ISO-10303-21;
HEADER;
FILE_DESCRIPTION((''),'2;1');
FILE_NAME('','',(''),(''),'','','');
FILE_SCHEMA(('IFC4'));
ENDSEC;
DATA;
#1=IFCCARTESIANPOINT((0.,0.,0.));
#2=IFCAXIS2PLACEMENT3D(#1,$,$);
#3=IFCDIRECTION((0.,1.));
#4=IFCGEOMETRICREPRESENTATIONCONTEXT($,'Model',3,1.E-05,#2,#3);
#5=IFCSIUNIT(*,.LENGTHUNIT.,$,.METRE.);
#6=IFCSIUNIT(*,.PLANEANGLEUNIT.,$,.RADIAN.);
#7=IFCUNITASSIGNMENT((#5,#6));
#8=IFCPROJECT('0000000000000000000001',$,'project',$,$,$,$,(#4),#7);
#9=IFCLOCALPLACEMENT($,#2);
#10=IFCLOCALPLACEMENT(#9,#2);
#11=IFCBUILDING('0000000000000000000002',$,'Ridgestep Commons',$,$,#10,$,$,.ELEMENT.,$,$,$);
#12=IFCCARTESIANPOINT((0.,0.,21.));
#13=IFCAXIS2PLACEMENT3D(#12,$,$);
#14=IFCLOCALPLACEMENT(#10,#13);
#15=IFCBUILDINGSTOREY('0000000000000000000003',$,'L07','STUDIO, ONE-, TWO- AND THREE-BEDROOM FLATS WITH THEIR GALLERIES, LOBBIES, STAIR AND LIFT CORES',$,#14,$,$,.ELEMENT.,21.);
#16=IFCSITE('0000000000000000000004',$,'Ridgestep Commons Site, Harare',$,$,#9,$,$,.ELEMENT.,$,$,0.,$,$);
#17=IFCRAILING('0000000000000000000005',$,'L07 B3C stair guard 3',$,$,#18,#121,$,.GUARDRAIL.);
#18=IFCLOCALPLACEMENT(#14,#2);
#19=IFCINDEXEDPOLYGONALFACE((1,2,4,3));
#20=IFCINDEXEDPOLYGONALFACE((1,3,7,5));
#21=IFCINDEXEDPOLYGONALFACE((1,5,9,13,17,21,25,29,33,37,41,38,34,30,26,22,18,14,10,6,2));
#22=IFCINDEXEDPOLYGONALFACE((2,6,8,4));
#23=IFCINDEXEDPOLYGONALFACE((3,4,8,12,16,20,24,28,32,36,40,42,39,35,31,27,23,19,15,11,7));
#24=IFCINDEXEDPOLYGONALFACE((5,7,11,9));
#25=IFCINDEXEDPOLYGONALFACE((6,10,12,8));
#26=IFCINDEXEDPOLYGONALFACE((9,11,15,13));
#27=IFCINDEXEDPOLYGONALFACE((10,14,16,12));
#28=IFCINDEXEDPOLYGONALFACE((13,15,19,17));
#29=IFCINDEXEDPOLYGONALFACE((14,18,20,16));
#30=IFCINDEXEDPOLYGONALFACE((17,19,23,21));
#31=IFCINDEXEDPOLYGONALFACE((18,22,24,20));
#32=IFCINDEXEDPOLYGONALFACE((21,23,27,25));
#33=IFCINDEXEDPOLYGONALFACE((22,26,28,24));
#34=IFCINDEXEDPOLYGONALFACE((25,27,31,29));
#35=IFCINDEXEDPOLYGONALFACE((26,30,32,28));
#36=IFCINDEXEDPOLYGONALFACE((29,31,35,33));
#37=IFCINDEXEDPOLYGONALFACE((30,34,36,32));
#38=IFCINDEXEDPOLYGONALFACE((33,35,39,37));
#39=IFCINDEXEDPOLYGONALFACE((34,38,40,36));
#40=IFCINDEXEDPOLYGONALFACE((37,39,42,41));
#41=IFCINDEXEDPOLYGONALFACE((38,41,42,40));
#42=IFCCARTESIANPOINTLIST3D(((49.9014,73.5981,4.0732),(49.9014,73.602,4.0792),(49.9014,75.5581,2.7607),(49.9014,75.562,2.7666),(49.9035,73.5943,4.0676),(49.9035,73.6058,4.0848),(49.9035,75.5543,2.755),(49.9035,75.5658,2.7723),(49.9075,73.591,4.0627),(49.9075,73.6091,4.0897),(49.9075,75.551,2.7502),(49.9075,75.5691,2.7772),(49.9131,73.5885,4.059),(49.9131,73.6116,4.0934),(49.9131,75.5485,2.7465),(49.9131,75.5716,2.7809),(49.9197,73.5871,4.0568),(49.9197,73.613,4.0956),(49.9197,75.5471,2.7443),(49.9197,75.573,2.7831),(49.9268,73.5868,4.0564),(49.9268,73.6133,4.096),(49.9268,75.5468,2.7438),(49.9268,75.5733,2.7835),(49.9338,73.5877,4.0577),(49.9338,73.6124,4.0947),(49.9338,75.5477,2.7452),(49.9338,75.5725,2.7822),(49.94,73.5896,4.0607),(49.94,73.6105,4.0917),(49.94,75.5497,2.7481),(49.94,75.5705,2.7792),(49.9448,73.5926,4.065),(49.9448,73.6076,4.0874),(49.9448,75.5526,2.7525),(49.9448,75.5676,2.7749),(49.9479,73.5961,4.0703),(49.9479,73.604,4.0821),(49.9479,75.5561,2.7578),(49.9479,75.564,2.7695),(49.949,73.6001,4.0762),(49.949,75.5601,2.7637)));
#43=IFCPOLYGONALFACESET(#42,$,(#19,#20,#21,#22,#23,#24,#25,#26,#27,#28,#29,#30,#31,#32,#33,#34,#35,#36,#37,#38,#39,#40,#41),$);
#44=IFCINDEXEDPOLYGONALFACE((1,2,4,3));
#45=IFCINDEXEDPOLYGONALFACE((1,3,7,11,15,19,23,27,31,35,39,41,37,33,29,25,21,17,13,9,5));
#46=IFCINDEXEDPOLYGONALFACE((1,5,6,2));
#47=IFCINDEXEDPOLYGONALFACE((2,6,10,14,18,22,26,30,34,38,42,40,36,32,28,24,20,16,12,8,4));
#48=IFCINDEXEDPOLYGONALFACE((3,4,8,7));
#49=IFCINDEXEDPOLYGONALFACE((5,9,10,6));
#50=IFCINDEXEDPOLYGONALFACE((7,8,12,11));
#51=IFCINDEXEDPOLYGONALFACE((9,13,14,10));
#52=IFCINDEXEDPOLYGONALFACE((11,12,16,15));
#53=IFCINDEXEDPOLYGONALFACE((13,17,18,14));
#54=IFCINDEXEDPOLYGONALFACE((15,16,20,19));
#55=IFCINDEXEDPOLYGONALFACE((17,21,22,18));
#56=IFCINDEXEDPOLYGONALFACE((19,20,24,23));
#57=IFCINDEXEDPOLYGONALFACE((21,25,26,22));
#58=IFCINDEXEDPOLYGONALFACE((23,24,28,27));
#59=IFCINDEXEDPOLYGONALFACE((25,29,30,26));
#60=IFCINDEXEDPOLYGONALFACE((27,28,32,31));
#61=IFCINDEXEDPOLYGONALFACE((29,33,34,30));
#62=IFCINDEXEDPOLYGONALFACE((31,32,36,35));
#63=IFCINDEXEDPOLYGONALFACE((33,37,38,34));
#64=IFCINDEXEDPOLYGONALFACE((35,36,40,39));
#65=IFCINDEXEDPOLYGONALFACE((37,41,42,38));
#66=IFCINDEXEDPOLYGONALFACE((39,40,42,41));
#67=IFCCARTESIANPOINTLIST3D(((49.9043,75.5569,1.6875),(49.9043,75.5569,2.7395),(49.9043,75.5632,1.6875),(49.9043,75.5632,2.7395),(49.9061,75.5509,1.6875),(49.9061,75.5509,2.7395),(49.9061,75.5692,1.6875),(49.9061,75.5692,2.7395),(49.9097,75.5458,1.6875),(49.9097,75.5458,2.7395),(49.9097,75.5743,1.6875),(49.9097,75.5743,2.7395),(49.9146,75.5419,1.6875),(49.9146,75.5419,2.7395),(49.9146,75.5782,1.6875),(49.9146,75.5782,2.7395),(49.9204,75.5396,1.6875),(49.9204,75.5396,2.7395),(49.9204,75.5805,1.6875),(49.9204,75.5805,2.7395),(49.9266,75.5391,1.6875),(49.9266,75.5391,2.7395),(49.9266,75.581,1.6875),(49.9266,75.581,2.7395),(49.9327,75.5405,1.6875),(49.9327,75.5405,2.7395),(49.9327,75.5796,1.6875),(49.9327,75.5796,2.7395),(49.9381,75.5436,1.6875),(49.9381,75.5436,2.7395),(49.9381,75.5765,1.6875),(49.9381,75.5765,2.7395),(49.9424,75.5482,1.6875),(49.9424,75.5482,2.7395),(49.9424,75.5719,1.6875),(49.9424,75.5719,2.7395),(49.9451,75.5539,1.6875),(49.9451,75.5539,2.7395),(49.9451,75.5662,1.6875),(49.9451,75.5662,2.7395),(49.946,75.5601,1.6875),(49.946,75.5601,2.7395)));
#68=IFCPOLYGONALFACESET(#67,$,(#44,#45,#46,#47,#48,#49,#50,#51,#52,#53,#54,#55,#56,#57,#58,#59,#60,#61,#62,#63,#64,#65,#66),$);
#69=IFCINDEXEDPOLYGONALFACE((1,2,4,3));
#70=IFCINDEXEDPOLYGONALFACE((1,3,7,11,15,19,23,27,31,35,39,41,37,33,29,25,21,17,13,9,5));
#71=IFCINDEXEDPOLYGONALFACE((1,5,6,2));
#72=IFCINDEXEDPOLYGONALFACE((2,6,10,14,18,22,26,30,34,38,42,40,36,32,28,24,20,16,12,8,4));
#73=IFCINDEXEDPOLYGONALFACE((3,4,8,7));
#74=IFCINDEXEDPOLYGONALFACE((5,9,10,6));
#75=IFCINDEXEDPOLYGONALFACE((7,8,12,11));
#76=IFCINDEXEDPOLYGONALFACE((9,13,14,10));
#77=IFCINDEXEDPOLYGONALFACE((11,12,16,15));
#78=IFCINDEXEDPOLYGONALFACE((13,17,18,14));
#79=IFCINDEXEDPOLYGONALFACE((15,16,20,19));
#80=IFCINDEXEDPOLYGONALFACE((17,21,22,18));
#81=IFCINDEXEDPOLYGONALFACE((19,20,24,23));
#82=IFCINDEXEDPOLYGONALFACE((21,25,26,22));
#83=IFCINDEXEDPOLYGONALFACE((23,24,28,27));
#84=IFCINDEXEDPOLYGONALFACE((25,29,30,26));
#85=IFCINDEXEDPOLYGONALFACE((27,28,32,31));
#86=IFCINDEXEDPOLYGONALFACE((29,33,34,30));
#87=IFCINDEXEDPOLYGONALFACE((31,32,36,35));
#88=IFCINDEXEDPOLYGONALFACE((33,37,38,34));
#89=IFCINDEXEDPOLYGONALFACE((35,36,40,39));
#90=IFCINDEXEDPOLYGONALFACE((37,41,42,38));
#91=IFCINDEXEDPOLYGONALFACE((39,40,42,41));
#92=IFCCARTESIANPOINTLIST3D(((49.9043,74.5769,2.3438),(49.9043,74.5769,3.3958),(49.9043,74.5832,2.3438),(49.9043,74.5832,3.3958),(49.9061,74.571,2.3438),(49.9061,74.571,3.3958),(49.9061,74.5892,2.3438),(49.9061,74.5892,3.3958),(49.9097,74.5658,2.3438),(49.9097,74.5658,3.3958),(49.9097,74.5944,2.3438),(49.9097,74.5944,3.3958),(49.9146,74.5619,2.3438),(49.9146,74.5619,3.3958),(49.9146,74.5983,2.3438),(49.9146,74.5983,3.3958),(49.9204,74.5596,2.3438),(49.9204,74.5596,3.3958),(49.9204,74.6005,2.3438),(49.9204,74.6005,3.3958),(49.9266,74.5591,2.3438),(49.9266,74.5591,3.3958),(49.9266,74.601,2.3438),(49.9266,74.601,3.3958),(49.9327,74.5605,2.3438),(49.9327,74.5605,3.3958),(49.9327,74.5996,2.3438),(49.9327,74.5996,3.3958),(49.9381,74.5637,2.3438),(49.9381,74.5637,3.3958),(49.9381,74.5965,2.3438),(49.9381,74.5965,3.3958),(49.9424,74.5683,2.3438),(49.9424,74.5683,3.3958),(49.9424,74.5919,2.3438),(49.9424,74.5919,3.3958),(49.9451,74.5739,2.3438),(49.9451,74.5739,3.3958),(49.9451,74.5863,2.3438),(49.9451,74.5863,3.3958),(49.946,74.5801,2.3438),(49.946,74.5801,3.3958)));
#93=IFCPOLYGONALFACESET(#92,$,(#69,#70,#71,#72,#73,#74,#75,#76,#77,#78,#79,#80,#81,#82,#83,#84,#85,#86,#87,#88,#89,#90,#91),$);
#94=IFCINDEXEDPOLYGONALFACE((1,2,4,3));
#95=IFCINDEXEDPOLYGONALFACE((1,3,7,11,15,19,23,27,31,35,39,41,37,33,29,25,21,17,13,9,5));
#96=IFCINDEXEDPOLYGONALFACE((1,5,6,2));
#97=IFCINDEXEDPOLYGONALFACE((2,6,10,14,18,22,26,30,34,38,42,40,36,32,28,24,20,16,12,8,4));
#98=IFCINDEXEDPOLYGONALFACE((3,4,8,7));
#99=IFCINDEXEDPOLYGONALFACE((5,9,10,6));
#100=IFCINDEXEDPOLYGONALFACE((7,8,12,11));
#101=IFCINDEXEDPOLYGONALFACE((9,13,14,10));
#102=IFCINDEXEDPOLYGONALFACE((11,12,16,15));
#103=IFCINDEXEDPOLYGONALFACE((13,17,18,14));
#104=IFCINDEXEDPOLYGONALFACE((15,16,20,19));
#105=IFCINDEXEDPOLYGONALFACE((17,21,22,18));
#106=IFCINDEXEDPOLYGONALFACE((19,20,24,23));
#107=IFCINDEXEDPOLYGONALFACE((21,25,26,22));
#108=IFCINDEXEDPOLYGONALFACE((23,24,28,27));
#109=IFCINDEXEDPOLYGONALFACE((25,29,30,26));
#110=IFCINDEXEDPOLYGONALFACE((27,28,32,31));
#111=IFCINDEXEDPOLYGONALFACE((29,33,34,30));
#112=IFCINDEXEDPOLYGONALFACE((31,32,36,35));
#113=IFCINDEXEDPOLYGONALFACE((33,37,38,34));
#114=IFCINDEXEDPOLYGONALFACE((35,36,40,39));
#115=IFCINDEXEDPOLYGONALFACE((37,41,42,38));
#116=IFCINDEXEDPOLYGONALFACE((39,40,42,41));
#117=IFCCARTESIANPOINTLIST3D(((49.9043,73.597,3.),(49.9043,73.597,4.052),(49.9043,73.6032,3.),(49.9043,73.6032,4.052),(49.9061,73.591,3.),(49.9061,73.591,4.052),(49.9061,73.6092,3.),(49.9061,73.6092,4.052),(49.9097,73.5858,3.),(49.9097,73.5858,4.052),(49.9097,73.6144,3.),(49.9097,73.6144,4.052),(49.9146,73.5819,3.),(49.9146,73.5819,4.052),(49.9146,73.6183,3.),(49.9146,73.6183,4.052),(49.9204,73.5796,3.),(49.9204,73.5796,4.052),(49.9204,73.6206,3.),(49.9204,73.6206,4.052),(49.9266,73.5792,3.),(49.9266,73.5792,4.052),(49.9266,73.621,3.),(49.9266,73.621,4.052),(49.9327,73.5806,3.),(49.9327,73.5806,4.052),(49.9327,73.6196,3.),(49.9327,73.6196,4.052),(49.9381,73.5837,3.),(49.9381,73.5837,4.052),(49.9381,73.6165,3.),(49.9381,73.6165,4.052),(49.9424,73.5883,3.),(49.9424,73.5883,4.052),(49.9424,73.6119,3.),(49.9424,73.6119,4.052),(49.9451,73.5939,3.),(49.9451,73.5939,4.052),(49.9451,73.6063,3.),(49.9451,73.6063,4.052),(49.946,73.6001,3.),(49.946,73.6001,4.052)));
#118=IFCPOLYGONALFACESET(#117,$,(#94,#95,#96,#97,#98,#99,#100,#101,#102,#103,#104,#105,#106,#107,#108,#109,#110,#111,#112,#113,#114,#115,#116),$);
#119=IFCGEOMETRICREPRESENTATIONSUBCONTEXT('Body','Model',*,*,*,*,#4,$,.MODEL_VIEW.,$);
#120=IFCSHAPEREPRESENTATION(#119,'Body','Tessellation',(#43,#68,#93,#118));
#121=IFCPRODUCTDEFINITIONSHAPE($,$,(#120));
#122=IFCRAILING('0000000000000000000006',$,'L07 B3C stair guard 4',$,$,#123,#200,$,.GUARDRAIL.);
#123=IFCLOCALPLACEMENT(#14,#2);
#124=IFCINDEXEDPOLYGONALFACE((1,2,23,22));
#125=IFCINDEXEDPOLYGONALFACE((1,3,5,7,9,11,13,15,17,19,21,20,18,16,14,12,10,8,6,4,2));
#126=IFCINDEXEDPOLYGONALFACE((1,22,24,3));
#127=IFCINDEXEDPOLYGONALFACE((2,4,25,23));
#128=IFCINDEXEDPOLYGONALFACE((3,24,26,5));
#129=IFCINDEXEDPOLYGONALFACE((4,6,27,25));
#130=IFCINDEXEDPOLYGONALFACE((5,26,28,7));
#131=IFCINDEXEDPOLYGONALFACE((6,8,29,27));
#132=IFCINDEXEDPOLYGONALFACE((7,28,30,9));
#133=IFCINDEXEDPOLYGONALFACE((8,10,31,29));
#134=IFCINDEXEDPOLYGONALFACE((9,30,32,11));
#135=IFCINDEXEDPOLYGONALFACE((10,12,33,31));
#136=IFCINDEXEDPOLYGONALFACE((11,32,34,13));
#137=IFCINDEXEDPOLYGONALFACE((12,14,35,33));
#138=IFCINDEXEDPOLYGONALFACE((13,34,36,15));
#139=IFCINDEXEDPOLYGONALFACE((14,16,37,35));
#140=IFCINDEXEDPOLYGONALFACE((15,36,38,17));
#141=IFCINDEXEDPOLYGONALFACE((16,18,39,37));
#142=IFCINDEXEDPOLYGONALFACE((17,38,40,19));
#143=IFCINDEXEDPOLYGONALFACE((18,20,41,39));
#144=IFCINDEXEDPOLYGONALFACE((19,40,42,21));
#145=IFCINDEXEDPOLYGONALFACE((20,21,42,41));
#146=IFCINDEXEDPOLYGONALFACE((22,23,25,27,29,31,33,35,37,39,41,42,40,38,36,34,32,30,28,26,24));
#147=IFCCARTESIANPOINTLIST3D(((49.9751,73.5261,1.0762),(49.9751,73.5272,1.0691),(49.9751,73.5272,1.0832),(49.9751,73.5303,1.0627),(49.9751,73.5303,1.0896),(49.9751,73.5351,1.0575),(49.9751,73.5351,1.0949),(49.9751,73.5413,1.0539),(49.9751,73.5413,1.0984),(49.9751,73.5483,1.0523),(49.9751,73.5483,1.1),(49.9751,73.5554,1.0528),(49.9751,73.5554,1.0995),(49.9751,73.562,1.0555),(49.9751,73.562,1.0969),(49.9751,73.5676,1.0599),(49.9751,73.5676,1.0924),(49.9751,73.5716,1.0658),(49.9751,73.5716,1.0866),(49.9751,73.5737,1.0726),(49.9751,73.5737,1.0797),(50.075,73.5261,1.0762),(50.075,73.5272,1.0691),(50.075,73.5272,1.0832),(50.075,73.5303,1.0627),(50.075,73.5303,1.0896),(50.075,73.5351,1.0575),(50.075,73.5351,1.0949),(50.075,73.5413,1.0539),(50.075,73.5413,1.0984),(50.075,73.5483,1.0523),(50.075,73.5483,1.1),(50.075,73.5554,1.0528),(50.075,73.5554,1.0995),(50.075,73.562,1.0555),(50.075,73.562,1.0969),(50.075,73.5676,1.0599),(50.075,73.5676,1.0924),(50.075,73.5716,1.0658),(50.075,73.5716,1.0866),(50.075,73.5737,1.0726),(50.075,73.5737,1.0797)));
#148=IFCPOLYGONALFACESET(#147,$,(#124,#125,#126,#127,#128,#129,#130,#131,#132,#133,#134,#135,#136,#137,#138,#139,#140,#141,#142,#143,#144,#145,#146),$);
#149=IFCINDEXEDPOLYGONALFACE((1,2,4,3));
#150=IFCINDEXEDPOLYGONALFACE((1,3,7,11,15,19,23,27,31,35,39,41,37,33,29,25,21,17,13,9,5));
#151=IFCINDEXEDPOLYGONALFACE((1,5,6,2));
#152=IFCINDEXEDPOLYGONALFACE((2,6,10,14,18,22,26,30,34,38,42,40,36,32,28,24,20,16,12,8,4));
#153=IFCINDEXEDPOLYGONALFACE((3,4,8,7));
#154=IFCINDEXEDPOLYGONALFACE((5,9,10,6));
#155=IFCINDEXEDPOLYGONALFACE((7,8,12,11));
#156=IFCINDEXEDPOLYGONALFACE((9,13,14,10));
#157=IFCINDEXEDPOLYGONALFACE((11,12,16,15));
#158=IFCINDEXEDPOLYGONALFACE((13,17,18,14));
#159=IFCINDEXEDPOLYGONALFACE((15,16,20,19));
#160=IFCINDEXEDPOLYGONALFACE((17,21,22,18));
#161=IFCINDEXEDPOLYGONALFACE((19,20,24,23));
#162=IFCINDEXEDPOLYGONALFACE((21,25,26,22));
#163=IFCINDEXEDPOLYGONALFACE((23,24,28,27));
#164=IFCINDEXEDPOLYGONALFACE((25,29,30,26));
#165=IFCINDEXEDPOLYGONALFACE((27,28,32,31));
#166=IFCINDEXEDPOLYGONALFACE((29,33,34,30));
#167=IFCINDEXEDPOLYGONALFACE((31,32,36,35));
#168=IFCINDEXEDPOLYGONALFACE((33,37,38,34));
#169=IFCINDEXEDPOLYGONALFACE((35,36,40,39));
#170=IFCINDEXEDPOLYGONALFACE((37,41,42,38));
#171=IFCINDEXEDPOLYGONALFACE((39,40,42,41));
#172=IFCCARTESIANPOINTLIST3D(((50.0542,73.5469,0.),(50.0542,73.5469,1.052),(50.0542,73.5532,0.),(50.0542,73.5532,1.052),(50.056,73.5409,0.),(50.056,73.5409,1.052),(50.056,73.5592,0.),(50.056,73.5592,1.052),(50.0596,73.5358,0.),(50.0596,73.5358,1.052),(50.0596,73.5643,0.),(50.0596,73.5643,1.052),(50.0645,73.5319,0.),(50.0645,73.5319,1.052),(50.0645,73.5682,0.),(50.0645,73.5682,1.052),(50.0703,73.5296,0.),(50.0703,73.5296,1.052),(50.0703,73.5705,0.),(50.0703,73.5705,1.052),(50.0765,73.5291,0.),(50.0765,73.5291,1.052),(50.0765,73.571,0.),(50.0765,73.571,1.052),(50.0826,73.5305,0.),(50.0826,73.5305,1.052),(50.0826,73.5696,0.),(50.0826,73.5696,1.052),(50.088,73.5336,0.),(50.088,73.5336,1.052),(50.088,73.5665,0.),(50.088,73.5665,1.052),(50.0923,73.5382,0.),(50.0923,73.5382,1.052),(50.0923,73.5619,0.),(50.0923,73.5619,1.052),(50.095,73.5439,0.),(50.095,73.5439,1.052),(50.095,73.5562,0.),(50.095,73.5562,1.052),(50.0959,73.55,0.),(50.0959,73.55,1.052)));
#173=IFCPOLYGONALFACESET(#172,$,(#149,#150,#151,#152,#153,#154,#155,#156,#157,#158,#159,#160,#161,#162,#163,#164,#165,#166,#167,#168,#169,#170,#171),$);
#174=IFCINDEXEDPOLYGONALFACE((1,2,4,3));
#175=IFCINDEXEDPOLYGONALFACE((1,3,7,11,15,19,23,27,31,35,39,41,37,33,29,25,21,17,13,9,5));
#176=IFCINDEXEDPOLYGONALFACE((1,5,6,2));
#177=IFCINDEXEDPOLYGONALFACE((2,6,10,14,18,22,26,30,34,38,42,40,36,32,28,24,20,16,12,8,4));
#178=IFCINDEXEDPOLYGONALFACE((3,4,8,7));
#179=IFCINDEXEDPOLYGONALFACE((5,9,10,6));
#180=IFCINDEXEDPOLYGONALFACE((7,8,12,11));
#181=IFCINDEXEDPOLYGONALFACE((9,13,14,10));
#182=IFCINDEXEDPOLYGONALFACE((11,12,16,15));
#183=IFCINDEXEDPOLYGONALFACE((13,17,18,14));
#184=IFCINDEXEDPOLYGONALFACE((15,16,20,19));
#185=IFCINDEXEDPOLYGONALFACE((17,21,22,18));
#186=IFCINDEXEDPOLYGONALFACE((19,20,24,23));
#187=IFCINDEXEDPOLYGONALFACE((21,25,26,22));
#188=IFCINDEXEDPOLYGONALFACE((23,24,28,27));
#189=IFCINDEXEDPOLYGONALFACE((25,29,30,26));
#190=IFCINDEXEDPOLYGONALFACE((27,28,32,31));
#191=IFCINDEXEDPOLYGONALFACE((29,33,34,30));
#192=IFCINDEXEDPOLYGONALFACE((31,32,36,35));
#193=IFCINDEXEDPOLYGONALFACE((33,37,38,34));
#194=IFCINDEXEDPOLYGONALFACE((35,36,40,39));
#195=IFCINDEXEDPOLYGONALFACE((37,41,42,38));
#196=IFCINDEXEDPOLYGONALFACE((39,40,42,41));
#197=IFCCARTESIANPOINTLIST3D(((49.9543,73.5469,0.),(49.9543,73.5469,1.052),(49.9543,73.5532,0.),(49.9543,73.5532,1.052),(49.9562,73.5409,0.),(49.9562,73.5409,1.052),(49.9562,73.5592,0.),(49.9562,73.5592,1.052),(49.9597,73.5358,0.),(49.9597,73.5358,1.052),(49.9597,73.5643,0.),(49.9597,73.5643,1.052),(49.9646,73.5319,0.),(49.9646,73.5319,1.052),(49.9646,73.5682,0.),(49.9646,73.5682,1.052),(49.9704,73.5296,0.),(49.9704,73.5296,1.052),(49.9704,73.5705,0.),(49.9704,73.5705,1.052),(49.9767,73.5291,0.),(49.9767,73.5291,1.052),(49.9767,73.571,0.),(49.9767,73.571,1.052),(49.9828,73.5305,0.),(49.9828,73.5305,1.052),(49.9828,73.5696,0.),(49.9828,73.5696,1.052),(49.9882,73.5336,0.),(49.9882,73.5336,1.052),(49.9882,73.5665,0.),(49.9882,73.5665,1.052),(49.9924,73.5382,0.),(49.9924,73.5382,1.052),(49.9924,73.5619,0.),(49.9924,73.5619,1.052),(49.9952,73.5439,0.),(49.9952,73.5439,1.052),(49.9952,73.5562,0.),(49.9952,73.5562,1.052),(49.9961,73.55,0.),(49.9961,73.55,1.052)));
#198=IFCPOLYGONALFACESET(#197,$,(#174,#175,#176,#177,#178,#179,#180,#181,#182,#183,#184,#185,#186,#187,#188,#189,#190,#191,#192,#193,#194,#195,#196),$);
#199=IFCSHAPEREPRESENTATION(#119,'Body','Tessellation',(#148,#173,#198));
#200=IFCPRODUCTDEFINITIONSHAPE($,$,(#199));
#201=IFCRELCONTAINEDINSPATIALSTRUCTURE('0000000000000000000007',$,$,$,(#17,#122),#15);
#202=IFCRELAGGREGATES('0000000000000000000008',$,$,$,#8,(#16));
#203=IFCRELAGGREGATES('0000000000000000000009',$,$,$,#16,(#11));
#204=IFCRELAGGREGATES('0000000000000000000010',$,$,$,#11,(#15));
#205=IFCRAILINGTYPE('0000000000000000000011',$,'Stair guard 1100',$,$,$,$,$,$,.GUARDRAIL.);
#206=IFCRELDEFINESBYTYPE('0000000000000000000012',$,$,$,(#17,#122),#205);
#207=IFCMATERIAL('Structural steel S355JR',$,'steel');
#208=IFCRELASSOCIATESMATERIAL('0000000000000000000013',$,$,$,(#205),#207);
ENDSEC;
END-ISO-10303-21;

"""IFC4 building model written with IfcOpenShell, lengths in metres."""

from ifc_helpers import new_model, si_unit, direction, frame, origin, origin_2d, place, context, subcontext, project, spatial, circle, extrude, material, type_object, element, save


model = new_model("IFC4")

# Units and contexts
model_context = context("Model", 3, precision=1e-05, world=origin(), true_north=direction((0.0, 1.0)))
body_context = subcontext(model_context, "Body", "Model", "MODEL_VIEW")
ifc_project = project(units=[si_unit("LENGTHUNIT", "METRE"), si_unit("PLANEANGLEUNIT", "RADIAN")], contexts=[model_context])

# Site, building, storey
site_placement = place(None, origin())
site = spatial("IfcSite", under=ifc_project, at=site_placement, Name="Ridgestep Commons Site, Harare", CompositionType="ELEMENT", RefElevation=0.0)
building_placement = place(site_placement, origin())
building = spatial("IfcBuilding", under=site, at=building_placement, Name="Ridgestep Commons", CompositionType="ELEMENT")
storey_placement = place(building_placement, frame((0.0, 0.0, 21.0)))
storey = spatial("IfcBuildingStorey", under=building, at=storey_placement, Name="L07", Description="STUDIO, ONE-, TWO- AND THREE-BEDROOM FLATS WITH THEIR GALLERIES, LOBBIES, STAIR AND LIFT CORES", CompositionType="ELEMENT", Elevation=21.0)

# Railings
ifc_material_1 = material(Name="Structural steel S355JR", Category="steel")
railing_type_1 = type_object("IfcRailingType", Name="Stair guard 1100", PredefinedType="GUARDRAIL", material=ifc_material_1)
railing_1_placement = place(storey_placement, frame((49.925, 75.5601, 1.6875)))
element("IfcRailing", 1, at=railing_1_placement, inside=storey, type_object=railing_type_1, Name="L07 B3C stair guard 3", PredefinedType="GUARDRAIL", context=body_context, shape_type="SweptSolid", body=[
    extrude(circle(Radius=0.0239, at=origin_2d()), frame((0.0, 0.0, 1.0762), z_axis=(0.0, -0.830902, 0.556419), x_axis=(1.0, 0.0, 0.0)), (0.0, 0.0, 1.0), 2.3589),
    extrude(circle(Radius=0.021, at=origin_2d()), origin(), (0.0, 0.0, 1.0), 1.052),
    extrude(circle(Radius=0.021, at=origin_2d()), frame((0.0, -0.98, 0.6562)), (0.0, 0.0, 1.0), 1.052),
    extrude(circle(Radius=0.021, at=origin_2d()), frame((0.0, -1.96, 1.3125)), (0.0, 0.0, 1.0), 1.052),
])
railing_2_placement = place(storey_placement, frame((50.075, 73.55, 0.0)))
element("IfcRailing", 2, at=railing_2_placement, inside=storey, type_object=railing_type_1, Name="L07 B3C stair guard 4", PredefinedType="GUARDRAIL", context=body_context, shape_type="SweptSolid", body=[
    extrude(circle(Radius=0.0239, at=origin_2d()), frame((0.0, 0.0, 1.0762), z_axis=(-1.0, 0.0, 0.0), x_axis=(0.0, -1.0, 0.0)), (0.0, 0.0, 1.0), 0.0999),
    extrude(circle(Radius=0.021, at=origin_2d()), origin(), (0.0, 0.0, 1.0), 1.052),
    extrude(circle(Radius=0.021, at=origin_2d()), frame((-0.0999, 0.0, 0.0)), (0.0, 0.0, 1.0), 1.052),
])

save(model, "model.ifc")
